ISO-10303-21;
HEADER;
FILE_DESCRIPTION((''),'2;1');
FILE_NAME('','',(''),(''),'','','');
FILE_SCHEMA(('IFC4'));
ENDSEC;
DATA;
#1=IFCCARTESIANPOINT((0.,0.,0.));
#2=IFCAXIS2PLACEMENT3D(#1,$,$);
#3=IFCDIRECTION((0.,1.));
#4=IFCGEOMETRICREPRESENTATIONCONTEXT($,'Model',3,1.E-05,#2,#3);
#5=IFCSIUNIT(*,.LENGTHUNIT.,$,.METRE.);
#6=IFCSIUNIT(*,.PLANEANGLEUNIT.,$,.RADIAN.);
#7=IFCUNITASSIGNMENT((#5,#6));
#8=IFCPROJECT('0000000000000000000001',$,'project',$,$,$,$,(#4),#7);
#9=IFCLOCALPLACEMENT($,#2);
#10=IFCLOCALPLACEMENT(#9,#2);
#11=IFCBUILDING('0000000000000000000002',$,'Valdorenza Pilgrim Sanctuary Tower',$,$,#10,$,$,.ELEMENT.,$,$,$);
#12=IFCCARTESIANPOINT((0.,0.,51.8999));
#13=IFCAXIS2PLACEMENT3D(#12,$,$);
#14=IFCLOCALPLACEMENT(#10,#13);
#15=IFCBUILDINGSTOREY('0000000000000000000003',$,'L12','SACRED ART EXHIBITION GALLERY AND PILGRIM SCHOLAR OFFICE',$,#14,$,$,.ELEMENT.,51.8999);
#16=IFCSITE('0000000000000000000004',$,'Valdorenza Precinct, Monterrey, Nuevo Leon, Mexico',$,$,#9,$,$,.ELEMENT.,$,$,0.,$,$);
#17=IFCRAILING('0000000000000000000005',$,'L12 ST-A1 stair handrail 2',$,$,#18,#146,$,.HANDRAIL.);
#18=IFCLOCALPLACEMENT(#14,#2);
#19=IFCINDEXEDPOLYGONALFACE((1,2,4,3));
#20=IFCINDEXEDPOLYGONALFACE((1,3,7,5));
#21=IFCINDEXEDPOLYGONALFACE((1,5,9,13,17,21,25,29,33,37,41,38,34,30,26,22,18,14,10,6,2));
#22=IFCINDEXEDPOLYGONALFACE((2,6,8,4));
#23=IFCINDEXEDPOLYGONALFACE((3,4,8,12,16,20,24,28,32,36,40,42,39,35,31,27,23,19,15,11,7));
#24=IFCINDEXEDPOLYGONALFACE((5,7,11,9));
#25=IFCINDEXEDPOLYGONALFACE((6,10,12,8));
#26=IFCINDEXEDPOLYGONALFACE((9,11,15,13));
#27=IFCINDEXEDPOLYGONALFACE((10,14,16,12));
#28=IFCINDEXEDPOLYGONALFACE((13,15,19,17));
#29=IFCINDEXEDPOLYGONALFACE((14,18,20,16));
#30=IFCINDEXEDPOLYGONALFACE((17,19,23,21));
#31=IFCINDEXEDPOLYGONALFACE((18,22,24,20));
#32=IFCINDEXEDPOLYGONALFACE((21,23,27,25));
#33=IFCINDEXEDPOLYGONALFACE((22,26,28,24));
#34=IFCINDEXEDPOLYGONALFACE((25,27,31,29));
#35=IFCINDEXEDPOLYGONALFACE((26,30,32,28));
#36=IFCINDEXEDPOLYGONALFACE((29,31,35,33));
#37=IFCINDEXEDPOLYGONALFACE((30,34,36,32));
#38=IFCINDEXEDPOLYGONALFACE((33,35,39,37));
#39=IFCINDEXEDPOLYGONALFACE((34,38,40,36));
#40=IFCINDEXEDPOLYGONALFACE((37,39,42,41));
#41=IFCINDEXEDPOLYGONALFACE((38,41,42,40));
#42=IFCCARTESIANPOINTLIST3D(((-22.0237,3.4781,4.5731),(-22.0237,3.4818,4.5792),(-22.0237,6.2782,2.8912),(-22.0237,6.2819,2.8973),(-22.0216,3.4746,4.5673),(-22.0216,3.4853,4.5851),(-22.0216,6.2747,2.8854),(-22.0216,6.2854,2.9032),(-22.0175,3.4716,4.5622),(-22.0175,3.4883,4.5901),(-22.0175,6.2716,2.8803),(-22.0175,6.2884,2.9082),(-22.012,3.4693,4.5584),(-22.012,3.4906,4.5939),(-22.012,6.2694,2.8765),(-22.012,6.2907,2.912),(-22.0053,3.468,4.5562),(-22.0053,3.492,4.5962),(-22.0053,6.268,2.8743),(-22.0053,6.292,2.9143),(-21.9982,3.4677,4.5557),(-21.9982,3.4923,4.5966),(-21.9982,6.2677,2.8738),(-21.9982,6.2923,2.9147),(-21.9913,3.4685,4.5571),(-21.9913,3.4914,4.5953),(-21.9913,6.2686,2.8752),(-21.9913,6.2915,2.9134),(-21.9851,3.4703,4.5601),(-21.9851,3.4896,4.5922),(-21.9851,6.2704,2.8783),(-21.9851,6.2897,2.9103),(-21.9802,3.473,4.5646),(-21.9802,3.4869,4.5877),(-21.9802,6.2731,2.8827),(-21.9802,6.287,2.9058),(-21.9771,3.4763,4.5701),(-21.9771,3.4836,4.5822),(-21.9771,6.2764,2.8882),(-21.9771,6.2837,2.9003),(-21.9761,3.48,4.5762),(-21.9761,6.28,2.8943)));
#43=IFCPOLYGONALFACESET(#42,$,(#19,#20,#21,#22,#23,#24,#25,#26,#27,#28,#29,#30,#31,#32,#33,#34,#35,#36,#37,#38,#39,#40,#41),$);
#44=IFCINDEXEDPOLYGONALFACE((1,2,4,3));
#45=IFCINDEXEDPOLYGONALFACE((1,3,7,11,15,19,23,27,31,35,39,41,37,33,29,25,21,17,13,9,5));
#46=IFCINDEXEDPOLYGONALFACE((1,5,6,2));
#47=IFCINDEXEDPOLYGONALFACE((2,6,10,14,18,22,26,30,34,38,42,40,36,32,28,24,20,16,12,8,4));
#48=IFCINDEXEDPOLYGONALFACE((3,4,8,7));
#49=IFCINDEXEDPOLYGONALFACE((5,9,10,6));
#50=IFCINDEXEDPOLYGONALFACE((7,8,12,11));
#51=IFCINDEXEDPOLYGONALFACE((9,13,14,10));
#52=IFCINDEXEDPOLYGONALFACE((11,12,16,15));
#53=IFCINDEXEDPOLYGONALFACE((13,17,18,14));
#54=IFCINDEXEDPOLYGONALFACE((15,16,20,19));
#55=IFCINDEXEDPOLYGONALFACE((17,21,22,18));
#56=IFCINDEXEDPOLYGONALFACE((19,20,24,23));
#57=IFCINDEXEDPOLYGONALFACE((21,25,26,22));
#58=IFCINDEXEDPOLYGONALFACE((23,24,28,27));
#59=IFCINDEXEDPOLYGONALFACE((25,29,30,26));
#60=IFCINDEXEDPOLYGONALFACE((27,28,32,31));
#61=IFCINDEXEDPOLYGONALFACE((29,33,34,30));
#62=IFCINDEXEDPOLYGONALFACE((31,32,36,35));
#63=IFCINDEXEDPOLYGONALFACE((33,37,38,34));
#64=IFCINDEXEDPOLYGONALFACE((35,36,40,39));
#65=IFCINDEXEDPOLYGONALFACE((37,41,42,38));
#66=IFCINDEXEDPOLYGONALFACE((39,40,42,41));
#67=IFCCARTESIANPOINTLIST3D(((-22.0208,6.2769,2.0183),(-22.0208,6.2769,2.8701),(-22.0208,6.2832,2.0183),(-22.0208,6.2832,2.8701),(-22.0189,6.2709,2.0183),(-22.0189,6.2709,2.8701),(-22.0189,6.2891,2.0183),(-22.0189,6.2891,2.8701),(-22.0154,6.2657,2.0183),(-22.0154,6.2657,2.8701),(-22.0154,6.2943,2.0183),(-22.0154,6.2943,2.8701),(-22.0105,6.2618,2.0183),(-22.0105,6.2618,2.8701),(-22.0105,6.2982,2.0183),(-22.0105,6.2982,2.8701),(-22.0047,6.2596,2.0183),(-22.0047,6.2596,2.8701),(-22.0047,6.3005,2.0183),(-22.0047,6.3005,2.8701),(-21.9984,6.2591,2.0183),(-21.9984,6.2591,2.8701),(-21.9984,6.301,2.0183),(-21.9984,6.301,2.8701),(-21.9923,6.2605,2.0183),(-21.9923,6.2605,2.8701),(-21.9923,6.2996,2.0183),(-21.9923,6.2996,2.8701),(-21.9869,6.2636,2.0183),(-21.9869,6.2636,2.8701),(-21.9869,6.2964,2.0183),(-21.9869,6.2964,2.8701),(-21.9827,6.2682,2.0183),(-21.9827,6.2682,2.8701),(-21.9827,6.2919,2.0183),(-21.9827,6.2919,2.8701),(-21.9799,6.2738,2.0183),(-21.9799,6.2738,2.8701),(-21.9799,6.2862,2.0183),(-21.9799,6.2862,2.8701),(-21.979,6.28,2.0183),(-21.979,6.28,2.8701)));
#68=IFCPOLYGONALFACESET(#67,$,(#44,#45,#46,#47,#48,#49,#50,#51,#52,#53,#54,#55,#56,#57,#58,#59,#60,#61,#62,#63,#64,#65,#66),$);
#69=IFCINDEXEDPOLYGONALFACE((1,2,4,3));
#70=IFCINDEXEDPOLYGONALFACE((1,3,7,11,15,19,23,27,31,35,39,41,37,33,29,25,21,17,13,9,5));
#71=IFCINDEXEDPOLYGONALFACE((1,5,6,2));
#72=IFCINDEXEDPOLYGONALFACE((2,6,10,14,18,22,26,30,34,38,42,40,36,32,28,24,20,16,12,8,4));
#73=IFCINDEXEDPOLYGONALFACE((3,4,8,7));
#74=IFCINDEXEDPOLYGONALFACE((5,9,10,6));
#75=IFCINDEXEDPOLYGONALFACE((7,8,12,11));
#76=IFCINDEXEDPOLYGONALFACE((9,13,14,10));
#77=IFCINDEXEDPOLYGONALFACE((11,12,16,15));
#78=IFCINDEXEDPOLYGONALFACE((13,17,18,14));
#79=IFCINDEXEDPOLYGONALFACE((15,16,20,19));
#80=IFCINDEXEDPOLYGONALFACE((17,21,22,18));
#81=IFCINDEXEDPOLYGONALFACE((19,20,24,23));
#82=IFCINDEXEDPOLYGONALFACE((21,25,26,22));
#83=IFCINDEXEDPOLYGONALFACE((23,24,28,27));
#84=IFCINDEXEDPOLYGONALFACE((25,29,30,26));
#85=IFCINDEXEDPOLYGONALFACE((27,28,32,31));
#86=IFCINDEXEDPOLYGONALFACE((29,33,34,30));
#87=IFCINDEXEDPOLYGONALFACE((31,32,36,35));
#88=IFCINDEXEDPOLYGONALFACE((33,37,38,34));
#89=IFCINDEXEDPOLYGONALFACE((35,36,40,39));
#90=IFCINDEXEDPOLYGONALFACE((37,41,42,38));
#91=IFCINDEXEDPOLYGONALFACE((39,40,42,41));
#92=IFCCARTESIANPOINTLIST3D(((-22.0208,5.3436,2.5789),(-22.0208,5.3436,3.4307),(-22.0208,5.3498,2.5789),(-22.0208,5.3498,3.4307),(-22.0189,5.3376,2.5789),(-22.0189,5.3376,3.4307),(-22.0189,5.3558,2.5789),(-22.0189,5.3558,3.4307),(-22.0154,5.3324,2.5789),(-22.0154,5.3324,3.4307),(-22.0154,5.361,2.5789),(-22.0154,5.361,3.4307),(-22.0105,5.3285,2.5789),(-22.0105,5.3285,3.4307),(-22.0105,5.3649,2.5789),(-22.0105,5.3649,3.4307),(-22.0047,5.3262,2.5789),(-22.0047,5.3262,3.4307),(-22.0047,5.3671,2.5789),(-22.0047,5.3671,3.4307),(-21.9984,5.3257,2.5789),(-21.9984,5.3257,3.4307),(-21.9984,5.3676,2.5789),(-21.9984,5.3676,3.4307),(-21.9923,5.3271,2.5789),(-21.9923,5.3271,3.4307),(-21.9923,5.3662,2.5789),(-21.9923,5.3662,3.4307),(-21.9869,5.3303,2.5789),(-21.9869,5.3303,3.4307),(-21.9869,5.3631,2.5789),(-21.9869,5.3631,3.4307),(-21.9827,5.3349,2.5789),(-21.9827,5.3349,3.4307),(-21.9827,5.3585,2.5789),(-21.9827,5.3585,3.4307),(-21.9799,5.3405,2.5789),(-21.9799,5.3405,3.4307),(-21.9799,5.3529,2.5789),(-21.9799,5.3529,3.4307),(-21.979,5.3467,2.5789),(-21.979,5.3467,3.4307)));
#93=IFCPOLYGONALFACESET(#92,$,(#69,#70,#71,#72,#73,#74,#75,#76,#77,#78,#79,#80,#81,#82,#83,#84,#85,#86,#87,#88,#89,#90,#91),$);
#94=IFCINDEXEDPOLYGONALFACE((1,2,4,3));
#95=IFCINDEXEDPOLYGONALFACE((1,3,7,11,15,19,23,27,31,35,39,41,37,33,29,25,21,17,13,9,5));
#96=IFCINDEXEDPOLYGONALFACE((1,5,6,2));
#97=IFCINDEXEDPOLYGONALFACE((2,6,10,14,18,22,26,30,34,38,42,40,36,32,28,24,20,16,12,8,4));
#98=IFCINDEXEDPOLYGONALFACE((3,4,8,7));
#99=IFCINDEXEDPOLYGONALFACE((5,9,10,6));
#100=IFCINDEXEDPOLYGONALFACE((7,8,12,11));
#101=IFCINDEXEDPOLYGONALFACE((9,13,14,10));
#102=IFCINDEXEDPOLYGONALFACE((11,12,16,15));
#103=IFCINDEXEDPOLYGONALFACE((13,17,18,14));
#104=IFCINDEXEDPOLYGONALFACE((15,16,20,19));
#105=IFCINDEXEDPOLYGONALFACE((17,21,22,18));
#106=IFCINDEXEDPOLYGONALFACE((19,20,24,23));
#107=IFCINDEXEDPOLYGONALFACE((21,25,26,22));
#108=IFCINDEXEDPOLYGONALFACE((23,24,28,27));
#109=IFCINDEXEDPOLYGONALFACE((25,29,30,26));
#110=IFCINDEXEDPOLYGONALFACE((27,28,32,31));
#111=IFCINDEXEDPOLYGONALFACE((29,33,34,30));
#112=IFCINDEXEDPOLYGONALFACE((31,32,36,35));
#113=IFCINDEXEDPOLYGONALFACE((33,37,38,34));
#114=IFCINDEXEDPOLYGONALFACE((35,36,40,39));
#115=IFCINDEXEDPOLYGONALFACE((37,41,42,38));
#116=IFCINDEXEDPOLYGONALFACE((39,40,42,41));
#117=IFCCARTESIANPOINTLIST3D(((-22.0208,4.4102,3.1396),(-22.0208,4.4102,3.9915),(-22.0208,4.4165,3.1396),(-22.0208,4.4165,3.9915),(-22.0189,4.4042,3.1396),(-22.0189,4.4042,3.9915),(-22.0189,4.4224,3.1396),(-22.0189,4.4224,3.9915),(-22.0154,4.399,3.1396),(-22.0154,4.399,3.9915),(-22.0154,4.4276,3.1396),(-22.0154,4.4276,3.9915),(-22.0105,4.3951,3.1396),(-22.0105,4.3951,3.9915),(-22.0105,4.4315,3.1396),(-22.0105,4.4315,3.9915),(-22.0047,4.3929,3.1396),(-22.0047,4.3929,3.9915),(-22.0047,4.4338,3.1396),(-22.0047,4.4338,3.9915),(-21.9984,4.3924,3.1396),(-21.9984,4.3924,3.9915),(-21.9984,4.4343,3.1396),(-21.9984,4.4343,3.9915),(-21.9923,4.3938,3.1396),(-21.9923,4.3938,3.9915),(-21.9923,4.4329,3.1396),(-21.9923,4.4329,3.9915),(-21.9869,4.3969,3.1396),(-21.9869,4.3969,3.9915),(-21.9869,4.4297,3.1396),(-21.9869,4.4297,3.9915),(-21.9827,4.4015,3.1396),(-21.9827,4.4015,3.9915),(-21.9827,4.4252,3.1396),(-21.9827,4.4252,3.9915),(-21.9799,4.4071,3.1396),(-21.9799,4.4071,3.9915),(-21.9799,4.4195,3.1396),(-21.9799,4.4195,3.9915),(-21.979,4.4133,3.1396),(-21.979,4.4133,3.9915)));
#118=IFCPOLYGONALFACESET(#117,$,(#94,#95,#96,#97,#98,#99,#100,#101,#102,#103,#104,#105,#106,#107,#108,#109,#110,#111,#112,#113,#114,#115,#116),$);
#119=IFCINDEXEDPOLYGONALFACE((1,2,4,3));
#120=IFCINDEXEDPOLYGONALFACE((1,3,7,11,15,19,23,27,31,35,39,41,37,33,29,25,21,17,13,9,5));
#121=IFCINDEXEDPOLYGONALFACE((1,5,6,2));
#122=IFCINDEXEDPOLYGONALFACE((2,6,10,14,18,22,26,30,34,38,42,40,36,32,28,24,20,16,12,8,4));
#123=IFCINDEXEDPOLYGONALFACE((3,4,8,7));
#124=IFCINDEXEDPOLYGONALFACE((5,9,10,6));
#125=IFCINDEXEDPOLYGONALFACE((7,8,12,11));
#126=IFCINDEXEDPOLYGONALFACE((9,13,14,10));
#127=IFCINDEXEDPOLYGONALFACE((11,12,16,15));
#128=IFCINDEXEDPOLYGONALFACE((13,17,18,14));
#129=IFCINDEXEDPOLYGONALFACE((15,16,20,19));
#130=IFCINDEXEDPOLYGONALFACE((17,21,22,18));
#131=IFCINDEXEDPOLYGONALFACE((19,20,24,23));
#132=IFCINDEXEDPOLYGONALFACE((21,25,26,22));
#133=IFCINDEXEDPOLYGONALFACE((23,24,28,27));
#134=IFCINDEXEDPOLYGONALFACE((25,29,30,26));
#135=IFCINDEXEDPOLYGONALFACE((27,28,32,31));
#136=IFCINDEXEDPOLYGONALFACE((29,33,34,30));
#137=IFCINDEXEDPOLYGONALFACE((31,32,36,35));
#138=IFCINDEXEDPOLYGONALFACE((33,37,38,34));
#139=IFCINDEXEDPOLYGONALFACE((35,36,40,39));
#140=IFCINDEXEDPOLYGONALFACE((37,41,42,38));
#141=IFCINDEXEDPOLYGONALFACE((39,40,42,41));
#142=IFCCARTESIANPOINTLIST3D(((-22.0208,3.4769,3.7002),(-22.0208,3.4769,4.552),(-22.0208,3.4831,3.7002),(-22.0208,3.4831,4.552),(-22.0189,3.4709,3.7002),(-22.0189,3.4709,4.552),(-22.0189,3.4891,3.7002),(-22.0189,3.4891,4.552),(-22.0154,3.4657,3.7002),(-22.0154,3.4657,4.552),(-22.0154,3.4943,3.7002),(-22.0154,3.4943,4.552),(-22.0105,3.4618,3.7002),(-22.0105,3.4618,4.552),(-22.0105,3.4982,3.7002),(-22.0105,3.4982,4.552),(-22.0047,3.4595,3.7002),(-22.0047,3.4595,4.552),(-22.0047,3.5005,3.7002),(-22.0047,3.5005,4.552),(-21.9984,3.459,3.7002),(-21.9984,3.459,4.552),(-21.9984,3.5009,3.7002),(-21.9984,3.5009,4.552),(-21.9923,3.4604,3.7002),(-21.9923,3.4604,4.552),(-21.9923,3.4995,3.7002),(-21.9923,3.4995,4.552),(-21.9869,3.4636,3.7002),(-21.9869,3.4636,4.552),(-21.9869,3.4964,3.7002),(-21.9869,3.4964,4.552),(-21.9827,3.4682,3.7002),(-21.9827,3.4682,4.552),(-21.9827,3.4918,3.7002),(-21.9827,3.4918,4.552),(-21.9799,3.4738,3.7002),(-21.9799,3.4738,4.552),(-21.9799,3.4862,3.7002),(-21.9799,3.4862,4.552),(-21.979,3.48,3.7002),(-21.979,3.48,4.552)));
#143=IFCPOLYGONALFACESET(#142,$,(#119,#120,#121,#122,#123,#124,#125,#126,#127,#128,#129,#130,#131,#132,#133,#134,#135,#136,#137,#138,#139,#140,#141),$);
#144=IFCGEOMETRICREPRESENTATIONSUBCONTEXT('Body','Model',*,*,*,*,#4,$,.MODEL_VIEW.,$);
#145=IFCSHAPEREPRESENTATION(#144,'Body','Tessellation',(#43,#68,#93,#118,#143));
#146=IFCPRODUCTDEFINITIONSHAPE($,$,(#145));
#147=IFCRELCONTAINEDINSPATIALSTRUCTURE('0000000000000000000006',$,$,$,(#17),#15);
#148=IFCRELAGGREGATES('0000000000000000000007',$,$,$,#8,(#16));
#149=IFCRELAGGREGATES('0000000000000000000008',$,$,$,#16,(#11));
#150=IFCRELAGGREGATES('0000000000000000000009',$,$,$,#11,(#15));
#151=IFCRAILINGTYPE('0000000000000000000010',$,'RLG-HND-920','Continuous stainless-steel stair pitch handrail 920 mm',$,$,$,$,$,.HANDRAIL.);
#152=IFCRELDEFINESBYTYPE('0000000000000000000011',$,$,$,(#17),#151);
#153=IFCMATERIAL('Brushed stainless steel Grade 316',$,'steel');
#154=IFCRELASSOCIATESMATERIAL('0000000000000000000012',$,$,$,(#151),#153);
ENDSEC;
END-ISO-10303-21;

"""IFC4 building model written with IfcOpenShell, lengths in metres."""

from ifc_helpers import new_model, si_unit, direction, frame, origin, origin_2d, place, context, subcontext, project, spatial, circle, extrude, material, type_object, element, save


model = new_model("IFC4")

# Units and contexts
model_context = context("Model", 3, precision=1e-05, world=origin(), true_north=direction((0.0, 1.0)))
body_context = subcontext(model_context, "Body", "Model", "MODEL_VIEW")
ifc_project = project(units=[si_unit("LENGTHUNIT", "METRE"), si_unit("PLANEANGLEUNIT", "RADIAN")], contexts=[model_context])

# Site, building, storey
site_placement = place(None, origin())
site = spatial("IfcSite", under=ifc_project, at=site_placement, Name="Valdorenza Precinct, Monterrey, Nuevo Leon, Mexico", CompositionType="ELEMENT", RefElevation=0.0)
building_placement = place(site_placement, origin())
building = spatial("IfcBuilding", under=site, at=building_placement, Name="Valdorenza Pilgrim Sanctuary Tower", CompositionType="ELEMENT")
storey_placement = place(building_placement, frame((0.0, 0.0, 51.8999)))
storey = spatial("IfcBuildingStorey", under=building, at=storey_placement, Name="L12", Description="SACRED ART EXHIBITION GALLERY AND PILGRIM SCHOLAR OFFICE", CompositionType="ELEMENT", Elevation=51.8999)

# Shared definitions
ifc_material_1 = material(Name="Brushed stainless steel Grade 316", Category="steel")

# Railing
railing_type_1 = type_object("IfcRailingType", Name="RLG-HND-920", Description="Continuous stainless-steel stair pitch handrail 920 mm", PredefinedType="HANDRAIL", material=ifc_material_1)
railing_1_placement = place(storey_placement, frame((-22.0, 6.28, 2.0183)))
element("IfcRailing", 1, at=railing_1_placement, inside=storey, type_object=railing_type_1, Name="L12 ST-A1 stair handrail 2", PredefinedType="HANDRAIL", context=body_context, shape_type="SweptSolid", body=[
    extrude(circle(Radius=0.0239, at=origin_2d()), frame((0.0, 0.0, 0.876), z_axis=(0.0, -0.857242, 0.514913), x_axis=(1.0, 0.0, 0.0)), (0.0, 0.0, 1.0), 3.2664),
    extrude(circle(Radius=0.021, at=origin_2d()), origin(), (0.0, 0.0, 1.0), 0.8518),
    extrude(circle(Radius=0.021, at=origin_2d()), frame((0.0, -0.9333, 0.5605)), (0.0, 0.0, 1.0), 0.8518),
    extrude(circle(Radius=0.021, at=origin_2d()), frame((0.0, -1.8667, 1.1213)), (0.0, 0.0, 1.0), 0.8518),
    extrude(circle(Radius=0.021, at=origin_2d()), frame((0.0, -2.8, 1.6819)), (0.0, 0.0, 1.0), 0.8518),
])

save(model, "model.ifc")
